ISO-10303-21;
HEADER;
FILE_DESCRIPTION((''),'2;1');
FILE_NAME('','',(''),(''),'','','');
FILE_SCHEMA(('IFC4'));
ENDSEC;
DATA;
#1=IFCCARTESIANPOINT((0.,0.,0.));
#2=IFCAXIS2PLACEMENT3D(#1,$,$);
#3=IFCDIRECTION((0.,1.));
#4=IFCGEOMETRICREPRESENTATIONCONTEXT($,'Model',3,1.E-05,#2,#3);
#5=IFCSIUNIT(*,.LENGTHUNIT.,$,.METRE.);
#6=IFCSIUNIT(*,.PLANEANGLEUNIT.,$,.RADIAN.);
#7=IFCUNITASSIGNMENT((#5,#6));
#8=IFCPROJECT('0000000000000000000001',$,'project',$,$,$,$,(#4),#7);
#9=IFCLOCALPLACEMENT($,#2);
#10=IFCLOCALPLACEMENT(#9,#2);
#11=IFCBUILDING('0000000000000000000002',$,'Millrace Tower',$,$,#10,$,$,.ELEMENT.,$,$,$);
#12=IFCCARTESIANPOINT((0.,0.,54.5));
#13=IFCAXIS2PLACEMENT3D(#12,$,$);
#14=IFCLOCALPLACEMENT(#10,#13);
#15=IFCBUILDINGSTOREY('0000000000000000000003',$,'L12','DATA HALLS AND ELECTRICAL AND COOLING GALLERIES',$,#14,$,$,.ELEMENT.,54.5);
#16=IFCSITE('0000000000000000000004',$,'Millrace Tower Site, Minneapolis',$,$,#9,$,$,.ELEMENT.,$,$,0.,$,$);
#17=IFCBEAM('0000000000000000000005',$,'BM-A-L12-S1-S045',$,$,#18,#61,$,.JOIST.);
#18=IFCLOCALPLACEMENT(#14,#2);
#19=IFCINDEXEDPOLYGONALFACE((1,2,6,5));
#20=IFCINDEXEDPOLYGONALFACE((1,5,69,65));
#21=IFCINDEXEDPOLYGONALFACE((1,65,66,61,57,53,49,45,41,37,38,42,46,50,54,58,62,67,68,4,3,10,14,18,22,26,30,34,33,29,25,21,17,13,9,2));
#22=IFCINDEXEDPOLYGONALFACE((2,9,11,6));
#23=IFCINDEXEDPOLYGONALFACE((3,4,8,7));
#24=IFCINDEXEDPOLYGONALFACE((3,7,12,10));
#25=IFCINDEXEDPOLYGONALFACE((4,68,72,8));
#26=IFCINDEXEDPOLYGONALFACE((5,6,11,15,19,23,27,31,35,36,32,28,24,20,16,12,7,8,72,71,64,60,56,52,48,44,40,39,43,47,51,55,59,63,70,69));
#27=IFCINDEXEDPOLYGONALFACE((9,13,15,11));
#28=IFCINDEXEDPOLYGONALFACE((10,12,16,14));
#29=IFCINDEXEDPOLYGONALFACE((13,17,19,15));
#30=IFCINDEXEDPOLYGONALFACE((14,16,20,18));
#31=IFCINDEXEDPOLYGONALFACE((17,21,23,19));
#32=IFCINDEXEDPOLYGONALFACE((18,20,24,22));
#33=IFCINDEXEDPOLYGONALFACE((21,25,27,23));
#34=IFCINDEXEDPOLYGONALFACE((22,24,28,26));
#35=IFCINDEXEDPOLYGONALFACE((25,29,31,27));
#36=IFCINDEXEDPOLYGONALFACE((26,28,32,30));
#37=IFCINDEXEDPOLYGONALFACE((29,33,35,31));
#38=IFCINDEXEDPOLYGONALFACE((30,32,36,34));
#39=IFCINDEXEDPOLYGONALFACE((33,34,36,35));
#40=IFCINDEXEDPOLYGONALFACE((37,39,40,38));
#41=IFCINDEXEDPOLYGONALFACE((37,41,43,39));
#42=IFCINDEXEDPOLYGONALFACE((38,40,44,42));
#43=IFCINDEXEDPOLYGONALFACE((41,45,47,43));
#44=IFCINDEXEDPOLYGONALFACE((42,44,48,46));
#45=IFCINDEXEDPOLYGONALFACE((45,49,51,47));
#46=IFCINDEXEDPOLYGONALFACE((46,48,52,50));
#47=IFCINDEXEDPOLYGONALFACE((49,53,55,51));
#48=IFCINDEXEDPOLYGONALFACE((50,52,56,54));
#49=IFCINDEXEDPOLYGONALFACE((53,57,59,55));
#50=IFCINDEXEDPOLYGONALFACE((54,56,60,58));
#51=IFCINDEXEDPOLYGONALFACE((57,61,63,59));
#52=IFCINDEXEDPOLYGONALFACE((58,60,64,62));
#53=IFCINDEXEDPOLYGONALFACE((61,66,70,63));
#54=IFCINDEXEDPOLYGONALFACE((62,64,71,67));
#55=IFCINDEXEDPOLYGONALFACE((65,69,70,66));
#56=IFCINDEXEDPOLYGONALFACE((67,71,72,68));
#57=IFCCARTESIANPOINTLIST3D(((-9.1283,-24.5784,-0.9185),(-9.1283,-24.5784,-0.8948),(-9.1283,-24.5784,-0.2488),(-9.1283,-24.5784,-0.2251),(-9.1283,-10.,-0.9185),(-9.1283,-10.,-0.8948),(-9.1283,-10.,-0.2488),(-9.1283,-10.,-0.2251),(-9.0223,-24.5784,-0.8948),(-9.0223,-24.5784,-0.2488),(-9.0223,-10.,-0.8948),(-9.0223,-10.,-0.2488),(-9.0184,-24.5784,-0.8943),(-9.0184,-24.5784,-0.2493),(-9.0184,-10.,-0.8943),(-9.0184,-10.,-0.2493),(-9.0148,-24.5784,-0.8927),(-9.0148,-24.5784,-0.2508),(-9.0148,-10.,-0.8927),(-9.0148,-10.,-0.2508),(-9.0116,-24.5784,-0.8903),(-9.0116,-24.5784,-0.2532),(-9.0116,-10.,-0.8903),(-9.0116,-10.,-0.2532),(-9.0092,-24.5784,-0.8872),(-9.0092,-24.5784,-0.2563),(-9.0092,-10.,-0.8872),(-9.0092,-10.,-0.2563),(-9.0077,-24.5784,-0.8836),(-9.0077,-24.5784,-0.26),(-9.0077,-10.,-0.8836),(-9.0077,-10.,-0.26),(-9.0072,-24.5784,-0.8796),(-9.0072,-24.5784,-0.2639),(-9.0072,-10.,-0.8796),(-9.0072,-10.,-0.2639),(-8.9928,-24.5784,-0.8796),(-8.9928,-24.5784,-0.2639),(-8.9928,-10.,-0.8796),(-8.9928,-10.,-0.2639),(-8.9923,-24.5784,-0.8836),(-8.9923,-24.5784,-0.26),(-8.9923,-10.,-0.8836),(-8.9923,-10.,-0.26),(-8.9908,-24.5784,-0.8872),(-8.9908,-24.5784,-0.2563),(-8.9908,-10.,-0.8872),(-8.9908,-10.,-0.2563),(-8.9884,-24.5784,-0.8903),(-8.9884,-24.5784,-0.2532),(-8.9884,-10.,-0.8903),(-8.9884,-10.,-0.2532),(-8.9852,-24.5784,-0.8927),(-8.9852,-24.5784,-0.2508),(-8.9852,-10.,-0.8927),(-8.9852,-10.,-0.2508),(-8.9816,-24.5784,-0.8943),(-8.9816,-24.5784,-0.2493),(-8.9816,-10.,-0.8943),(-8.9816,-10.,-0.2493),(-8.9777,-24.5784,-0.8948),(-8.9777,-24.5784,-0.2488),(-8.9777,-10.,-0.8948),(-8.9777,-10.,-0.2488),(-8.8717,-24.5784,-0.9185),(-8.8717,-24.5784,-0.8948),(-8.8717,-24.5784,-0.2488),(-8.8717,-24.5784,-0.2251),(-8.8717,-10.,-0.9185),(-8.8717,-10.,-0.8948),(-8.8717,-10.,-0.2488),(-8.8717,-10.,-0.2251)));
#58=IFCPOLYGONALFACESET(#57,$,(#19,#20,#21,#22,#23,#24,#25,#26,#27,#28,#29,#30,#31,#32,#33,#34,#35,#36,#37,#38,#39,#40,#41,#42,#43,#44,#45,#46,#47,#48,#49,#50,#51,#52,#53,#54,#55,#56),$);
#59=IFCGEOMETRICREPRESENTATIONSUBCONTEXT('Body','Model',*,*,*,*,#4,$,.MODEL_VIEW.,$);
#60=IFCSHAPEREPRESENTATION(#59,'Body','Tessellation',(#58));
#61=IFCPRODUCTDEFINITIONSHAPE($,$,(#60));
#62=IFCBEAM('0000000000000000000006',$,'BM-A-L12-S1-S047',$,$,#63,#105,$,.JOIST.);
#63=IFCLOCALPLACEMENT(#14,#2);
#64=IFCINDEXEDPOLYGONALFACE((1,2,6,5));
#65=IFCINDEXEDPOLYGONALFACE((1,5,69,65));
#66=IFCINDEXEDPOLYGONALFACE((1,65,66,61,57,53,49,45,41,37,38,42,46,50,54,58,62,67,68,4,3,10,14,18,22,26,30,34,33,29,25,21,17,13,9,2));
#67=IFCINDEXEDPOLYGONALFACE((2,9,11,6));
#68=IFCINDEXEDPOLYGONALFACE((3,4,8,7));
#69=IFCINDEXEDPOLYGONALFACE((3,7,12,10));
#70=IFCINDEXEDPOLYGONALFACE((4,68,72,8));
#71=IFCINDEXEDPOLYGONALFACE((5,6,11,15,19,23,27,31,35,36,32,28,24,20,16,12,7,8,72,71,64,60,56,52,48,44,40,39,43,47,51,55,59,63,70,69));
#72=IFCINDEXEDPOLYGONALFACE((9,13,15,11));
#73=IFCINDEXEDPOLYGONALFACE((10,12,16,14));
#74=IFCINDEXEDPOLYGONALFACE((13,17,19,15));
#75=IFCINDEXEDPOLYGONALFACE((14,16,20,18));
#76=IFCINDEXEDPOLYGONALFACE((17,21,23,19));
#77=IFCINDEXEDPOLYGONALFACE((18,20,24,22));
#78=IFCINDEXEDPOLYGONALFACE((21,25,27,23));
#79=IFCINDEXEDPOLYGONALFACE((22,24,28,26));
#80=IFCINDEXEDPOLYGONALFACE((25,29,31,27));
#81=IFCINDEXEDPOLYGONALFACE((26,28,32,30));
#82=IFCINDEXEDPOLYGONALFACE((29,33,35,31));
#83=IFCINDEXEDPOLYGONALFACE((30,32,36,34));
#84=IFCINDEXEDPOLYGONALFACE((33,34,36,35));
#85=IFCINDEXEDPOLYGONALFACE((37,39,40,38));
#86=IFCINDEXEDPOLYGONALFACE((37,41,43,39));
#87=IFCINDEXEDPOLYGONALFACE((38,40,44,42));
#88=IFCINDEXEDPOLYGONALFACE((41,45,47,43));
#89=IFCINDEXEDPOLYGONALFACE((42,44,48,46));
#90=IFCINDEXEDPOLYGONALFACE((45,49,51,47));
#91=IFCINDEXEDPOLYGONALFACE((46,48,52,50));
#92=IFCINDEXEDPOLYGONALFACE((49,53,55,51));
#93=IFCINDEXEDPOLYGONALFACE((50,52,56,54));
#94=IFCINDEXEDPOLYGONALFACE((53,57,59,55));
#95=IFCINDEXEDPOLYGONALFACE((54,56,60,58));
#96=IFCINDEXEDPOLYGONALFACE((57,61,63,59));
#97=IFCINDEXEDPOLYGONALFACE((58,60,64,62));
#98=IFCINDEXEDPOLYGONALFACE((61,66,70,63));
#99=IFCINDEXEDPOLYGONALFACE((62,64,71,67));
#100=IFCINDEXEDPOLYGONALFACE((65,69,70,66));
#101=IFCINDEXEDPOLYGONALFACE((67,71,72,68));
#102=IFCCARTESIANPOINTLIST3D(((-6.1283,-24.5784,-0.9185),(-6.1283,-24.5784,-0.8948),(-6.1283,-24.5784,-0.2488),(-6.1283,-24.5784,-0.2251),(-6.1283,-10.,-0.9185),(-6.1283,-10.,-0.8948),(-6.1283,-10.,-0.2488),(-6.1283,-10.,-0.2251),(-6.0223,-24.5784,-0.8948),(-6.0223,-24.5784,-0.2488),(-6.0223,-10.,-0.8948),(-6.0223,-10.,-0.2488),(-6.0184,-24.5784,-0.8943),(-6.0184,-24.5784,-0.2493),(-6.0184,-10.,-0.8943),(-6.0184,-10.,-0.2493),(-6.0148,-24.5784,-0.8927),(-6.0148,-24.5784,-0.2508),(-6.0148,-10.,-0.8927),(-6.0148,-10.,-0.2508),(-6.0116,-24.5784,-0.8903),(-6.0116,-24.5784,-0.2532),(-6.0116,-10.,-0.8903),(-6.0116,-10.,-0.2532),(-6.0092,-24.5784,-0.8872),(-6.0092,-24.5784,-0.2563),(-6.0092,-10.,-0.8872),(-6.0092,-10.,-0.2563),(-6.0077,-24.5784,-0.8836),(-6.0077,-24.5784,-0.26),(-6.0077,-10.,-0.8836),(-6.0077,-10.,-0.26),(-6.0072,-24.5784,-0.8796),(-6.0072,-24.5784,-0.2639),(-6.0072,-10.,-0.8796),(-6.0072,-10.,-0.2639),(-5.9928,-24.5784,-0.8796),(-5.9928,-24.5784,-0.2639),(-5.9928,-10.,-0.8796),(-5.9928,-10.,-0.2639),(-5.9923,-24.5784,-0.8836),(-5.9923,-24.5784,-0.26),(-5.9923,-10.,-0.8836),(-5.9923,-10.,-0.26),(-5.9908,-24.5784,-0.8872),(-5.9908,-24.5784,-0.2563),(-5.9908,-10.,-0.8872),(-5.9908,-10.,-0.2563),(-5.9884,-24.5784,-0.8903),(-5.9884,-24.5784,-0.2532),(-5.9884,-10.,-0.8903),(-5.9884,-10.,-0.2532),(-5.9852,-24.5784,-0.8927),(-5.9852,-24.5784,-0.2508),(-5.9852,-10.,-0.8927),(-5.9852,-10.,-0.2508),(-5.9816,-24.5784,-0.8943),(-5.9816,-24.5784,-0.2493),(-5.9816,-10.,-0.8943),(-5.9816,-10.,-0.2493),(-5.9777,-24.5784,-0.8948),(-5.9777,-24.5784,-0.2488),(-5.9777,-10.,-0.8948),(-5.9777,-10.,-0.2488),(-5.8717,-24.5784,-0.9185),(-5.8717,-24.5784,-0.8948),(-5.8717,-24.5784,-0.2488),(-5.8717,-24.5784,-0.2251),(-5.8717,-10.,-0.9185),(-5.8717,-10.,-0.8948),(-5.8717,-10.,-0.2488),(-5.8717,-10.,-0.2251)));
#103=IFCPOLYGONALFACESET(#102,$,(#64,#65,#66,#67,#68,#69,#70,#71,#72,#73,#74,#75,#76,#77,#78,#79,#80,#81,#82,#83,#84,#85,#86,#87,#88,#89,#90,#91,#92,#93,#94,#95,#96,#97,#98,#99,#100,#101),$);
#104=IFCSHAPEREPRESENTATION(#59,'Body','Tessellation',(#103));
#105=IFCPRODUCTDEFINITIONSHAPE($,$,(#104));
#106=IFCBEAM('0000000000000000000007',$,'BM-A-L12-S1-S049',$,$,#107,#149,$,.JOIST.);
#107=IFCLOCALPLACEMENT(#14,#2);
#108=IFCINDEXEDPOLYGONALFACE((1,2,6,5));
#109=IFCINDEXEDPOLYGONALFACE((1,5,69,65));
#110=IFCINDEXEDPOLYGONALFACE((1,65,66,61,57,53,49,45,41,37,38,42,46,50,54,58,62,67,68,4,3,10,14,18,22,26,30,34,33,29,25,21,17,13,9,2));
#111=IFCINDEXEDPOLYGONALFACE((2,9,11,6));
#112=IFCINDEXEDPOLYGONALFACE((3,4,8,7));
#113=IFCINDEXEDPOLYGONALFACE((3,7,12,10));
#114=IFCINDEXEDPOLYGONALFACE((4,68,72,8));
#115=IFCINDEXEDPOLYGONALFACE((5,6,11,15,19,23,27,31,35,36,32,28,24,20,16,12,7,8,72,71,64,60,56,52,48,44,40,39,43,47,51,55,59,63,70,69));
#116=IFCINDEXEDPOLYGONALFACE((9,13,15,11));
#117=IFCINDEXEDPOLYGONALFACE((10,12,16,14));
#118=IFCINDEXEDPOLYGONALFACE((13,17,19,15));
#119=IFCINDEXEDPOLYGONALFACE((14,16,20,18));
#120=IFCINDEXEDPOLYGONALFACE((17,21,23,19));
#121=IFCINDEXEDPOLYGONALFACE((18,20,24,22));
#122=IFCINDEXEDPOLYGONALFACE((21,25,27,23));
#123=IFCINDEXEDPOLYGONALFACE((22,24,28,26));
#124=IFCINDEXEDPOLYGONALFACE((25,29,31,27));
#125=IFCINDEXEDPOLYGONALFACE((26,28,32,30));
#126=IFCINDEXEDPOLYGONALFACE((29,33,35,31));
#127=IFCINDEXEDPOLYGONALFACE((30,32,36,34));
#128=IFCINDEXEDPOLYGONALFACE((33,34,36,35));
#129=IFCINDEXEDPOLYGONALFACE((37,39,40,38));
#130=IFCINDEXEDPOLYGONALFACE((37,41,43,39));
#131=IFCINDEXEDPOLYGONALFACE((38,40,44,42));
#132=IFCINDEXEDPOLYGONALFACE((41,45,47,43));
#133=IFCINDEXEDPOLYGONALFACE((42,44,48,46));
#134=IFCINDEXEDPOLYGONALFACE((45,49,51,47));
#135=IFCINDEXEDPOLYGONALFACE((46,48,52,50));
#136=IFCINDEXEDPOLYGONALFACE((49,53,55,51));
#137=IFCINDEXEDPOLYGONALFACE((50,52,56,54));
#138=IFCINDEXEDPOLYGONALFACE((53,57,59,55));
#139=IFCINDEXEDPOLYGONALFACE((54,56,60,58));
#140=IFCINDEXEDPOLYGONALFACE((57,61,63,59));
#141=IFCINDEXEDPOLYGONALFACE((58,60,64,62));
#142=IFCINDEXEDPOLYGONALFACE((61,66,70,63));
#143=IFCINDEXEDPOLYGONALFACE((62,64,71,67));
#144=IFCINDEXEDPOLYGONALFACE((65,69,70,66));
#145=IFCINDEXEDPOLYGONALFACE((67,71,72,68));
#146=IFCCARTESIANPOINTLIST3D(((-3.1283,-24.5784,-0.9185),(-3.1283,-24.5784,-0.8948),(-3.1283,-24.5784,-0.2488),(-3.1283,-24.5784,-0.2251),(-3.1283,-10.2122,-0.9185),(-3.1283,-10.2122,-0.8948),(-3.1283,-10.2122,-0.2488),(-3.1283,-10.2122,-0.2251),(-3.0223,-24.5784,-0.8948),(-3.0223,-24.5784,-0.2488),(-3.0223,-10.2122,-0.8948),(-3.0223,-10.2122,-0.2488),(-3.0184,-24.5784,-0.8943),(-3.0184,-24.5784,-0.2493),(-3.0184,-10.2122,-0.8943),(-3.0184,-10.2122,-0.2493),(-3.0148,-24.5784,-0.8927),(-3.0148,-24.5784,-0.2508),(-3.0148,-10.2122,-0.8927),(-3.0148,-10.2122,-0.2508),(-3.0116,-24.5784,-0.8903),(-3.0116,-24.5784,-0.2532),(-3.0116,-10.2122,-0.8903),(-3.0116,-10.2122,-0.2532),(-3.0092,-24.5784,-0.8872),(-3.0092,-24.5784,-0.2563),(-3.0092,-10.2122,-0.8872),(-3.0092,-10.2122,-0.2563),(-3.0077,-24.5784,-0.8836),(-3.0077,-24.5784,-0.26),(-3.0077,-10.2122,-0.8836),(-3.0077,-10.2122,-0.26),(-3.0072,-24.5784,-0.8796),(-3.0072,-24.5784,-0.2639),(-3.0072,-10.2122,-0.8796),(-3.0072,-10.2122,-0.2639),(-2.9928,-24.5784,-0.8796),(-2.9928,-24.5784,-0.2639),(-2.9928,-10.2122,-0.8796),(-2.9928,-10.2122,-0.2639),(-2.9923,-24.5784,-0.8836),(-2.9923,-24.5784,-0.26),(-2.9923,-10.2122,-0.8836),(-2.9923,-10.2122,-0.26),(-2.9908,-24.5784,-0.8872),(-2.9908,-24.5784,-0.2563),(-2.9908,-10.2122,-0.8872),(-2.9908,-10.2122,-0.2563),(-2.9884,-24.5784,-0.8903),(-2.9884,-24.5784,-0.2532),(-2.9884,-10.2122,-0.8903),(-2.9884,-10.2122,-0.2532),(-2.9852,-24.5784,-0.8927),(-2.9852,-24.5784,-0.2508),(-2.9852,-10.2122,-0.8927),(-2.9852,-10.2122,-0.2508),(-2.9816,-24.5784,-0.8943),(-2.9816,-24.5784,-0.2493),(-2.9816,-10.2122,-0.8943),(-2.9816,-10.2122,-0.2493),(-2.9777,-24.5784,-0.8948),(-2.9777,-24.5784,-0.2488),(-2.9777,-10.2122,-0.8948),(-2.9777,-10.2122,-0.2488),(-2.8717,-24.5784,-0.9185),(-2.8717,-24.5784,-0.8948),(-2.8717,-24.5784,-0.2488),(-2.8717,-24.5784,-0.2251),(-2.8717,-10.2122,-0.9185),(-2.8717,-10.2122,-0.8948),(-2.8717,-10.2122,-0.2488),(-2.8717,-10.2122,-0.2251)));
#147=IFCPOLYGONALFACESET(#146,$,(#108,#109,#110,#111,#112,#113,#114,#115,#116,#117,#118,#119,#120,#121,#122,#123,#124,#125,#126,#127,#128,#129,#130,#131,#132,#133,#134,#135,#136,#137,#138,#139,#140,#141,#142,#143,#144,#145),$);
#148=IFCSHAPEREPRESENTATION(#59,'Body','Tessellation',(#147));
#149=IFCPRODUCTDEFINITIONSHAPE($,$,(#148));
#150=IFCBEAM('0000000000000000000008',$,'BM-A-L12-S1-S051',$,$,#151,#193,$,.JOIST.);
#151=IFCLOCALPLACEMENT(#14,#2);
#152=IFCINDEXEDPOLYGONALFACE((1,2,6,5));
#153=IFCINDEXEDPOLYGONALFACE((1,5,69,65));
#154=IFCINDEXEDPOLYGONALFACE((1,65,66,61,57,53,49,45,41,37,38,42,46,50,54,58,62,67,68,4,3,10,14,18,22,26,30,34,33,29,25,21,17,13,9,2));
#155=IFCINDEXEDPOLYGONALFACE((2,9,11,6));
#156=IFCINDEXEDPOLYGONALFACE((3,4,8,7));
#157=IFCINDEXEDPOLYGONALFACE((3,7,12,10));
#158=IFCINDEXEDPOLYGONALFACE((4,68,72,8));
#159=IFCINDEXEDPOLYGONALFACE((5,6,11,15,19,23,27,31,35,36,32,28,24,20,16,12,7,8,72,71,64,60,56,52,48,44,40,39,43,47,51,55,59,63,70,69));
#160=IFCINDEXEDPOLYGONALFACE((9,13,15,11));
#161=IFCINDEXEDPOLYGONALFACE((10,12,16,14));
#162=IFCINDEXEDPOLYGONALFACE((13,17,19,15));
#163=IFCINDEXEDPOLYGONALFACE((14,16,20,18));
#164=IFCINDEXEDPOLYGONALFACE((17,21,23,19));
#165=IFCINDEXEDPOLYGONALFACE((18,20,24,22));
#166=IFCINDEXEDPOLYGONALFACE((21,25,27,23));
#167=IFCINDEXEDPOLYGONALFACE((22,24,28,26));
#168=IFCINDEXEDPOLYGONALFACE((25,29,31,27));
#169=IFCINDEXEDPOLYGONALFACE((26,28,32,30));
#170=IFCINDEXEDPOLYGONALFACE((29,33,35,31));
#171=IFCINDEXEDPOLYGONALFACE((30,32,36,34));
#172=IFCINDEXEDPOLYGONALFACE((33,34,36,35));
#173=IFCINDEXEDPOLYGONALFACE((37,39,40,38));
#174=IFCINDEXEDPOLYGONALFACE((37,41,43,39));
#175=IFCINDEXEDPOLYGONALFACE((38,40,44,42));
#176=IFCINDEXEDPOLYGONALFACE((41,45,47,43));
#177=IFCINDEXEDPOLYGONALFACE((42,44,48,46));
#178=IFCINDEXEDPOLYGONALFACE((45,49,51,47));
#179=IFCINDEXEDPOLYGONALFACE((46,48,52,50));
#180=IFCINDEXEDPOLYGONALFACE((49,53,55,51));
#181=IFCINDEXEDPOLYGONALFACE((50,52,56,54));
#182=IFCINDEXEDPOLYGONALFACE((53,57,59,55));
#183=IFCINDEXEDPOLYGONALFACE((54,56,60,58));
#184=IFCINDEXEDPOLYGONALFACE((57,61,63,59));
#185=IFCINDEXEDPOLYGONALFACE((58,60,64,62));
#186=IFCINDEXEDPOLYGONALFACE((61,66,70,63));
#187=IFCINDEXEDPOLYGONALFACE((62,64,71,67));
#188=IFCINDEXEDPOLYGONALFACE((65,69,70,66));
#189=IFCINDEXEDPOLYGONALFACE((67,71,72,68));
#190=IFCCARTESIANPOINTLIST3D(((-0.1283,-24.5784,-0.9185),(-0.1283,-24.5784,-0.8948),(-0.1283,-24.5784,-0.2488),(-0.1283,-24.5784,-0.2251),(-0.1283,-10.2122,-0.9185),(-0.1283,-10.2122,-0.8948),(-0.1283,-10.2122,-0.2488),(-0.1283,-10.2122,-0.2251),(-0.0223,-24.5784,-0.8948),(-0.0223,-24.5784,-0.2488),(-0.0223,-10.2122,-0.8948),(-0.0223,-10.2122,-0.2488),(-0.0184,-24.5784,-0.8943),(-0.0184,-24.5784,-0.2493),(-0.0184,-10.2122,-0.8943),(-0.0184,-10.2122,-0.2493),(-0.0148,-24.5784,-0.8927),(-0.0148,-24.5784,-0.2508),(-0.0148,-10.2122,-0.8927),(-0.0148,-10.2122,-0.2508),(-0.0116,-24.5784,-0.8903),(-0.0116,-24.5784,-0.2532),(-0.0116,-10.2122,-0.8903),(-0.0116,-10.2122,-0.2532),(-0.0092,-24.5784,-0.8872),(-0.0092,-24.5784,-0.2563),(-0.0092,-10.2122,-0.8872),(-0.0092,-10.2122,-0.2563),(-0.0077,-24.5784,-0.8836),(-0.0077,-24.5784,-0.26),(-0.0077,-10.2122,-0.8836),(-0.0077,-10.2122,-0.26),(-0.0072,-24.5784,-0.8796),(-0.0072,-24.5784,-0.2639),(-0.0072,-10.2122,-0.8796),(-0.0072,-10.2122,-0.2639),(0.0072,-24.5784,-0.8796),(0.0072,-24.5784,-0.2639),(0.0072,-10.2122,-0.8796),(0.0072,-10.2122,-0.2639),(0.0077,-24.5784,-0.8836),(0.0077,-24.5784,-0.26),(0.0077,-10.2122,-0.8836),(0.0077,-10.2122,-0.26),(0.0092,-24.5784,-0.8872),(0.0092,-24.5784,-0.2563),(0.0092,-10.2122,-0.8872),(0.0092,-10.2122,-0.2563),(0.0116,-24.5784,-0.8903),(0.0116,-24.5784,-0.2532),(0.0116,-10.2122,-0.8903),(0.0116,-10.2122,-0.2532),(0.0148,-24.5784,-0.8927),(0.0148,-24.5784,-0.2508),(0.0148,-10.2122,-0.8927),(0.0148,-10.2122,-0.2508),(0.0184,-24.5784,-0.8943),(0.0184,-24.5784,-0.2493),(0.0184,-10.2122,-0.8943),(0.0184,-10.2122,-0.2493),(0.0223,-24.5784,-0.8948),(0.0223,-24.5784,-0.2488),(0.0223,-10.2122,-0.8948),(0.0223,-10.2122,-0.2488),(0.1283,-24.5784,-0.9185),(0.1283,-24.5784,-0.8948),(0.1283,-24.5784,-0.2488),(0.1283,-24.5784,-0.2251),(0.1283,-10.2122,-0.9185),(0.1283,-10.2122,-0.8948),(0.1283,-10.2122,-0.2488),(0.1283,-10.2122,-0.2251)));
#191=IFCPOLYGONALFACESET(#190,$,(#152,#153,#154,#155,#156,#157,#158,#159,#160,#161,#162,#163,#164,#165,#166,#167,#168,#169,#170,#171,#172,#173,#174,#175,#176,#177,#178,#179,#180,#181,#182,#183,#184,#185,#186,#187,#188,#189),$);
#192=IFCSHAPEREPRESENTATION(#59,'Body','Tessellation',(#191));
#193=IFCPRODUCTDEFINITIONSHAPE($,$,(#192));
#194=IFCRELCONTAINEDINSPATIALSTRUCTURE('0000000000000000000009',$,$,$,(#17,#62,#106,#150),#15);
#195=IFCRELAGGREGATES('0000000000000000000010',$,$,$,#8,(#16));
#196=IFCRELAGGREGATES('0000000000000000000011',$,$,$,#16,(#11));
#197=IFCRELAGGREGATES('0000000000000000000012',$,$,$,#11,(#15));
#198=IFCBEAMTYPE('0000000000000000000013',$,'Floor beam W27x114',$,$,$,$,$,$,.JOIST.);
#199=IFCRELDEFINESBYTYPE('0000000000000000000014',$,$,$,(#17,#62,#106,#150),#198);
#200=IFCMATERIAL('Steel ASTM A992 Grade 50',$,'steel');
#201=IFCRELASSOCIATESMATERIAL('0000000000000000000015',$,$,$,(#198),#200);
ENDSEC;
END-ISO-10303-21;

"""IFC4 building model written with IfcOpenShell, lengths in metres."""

from ifc_helpers import new_model, si_unit, direction, frame, origin, origin_2d, place, context, subcontext, project, spatial, i_section, extrude, material, material_profile, profile_set, type_object, element, save


model = new_model("IFC4")

# Units and contexts
model_context = context("Model", 3, precision=1e-05, world=origin(), true_north=direction((0.0, 1.0)))
body_context = subcontext(model_context, "Body", "Model", "MODEL_VIEW")
ifc_project = project(units=[si_unit("LENGTHUNIT", "METRE"), si_unit("PLANEANGLEUNIT", "RADIAN")], contexts=[model_context])

# Site, building, storey
site_placement = place(None, origin())
site = spatial("IfcSite", under=ifc_project, at=site_placement, Name="Millrace Tower Site, Minneapolis", CompositionType="ELEMENT", RefElevation=0.0)
building_placement = place(site_placement, origin())
building = spatial("IfcBuilding", under=site, at=building_placement, Name="Millrace Tower", CompositionType="ELEMENT")
storey_placement = place(building_placement, frame((0.0, 0.0, 54.5)))
storey = spatial("IfcBuildingStorey", under=building, at=storey_placement, Name="L12", Description="DATA HALLS AND ELECTRICAL AND COOLING GALLERIES", CompositionType="ELEMENT", Elevation=54.5)

# Beams
ifc_material_1 = material(Name="Steel ASTM A992 Grade 50", Category="steel")
ifc_material_profile_1 = material_profile(ifc_material_1, i_section(OverallWidth=0.2566, OverallDepth=0.6934, WebThickness=0.0144, FlangeThickness=0.0237, FilletRadius=0.0151, at=origin_2d()))
ifc_profile_set_1 = profile_set([ifc_material_profile_1], Name="Steel ASTM A992 Grade 50")
beam_type_1 = type_object("IfcBeamType", Name="Floor beam W27x114", PredefinedType="JOIST", material=ifc_profile_set_1)
for number, where, z_axis, x_axis, name in (
    (1, (-9.0, -24.5784, -0.5718), (0.0, 1.0, 0.0), (-1.0, 0.0, 0.0), "BM-A-L12-S1-S045"),
    (2, (-6.0, -24.5784, -0.5718), (0.0, 1.0, 0.0), (-1.0, 0.0, 0.0), "BM-A-L12-S1-S047"),
):
    element("IfcBeam", number, at=place(storey_placement, frame(where, z_axis=z_axis, x_axis=x_axis)), inside=storey, type_object=beam_type_1, Name=name, PredefinedType="JOIST", context=body_context, shape_type="SweptSolid", body=[
        extrude(i_section(OverallWidth=0.2566, OverallDepth=0.6934, WebThickness=0.0144, FlangeThickness=0.0237, FilletRadius=0.0151, at=origin_2d()), origin(), (0.0, 0.0, 1.0), 14.5784),
    ])
for number, where, z_axis, x_axis, name in (
    (3, (-3.0, -24.5784, -0.5718), (0.0, 1.0, 0.0), (-1.0, 0.0, 0.0), "BM-A-L12-S1-S049"),
    (4, (0.0, -24.5784, -0.5718), (0.0, 1.0, 0.0), (-1.0, 0.0, 0.0), "BM-A-L12-S1-S051"),
):
    element("IfcBeam", number, at=place(storey_placement, frame(where, z_axis=z_axis, x_axis=x_axis)), inside=storey, type_object=beam_type_1, Name=name, PredefinedType="JOIST", context=body_context, shape_type="SweptSolid", body=[
        extrude(i_section(OverallWidth=0.2566, OverallDepth=0.6934, WebThickness=0.0144, FlangeThickness=0.0237, FilletRadius=0.0151, at=origin_2d()), origin(), (0.0, 0.0, 1.0), 14.3662),
    ])

save(model, "model.ifc")
